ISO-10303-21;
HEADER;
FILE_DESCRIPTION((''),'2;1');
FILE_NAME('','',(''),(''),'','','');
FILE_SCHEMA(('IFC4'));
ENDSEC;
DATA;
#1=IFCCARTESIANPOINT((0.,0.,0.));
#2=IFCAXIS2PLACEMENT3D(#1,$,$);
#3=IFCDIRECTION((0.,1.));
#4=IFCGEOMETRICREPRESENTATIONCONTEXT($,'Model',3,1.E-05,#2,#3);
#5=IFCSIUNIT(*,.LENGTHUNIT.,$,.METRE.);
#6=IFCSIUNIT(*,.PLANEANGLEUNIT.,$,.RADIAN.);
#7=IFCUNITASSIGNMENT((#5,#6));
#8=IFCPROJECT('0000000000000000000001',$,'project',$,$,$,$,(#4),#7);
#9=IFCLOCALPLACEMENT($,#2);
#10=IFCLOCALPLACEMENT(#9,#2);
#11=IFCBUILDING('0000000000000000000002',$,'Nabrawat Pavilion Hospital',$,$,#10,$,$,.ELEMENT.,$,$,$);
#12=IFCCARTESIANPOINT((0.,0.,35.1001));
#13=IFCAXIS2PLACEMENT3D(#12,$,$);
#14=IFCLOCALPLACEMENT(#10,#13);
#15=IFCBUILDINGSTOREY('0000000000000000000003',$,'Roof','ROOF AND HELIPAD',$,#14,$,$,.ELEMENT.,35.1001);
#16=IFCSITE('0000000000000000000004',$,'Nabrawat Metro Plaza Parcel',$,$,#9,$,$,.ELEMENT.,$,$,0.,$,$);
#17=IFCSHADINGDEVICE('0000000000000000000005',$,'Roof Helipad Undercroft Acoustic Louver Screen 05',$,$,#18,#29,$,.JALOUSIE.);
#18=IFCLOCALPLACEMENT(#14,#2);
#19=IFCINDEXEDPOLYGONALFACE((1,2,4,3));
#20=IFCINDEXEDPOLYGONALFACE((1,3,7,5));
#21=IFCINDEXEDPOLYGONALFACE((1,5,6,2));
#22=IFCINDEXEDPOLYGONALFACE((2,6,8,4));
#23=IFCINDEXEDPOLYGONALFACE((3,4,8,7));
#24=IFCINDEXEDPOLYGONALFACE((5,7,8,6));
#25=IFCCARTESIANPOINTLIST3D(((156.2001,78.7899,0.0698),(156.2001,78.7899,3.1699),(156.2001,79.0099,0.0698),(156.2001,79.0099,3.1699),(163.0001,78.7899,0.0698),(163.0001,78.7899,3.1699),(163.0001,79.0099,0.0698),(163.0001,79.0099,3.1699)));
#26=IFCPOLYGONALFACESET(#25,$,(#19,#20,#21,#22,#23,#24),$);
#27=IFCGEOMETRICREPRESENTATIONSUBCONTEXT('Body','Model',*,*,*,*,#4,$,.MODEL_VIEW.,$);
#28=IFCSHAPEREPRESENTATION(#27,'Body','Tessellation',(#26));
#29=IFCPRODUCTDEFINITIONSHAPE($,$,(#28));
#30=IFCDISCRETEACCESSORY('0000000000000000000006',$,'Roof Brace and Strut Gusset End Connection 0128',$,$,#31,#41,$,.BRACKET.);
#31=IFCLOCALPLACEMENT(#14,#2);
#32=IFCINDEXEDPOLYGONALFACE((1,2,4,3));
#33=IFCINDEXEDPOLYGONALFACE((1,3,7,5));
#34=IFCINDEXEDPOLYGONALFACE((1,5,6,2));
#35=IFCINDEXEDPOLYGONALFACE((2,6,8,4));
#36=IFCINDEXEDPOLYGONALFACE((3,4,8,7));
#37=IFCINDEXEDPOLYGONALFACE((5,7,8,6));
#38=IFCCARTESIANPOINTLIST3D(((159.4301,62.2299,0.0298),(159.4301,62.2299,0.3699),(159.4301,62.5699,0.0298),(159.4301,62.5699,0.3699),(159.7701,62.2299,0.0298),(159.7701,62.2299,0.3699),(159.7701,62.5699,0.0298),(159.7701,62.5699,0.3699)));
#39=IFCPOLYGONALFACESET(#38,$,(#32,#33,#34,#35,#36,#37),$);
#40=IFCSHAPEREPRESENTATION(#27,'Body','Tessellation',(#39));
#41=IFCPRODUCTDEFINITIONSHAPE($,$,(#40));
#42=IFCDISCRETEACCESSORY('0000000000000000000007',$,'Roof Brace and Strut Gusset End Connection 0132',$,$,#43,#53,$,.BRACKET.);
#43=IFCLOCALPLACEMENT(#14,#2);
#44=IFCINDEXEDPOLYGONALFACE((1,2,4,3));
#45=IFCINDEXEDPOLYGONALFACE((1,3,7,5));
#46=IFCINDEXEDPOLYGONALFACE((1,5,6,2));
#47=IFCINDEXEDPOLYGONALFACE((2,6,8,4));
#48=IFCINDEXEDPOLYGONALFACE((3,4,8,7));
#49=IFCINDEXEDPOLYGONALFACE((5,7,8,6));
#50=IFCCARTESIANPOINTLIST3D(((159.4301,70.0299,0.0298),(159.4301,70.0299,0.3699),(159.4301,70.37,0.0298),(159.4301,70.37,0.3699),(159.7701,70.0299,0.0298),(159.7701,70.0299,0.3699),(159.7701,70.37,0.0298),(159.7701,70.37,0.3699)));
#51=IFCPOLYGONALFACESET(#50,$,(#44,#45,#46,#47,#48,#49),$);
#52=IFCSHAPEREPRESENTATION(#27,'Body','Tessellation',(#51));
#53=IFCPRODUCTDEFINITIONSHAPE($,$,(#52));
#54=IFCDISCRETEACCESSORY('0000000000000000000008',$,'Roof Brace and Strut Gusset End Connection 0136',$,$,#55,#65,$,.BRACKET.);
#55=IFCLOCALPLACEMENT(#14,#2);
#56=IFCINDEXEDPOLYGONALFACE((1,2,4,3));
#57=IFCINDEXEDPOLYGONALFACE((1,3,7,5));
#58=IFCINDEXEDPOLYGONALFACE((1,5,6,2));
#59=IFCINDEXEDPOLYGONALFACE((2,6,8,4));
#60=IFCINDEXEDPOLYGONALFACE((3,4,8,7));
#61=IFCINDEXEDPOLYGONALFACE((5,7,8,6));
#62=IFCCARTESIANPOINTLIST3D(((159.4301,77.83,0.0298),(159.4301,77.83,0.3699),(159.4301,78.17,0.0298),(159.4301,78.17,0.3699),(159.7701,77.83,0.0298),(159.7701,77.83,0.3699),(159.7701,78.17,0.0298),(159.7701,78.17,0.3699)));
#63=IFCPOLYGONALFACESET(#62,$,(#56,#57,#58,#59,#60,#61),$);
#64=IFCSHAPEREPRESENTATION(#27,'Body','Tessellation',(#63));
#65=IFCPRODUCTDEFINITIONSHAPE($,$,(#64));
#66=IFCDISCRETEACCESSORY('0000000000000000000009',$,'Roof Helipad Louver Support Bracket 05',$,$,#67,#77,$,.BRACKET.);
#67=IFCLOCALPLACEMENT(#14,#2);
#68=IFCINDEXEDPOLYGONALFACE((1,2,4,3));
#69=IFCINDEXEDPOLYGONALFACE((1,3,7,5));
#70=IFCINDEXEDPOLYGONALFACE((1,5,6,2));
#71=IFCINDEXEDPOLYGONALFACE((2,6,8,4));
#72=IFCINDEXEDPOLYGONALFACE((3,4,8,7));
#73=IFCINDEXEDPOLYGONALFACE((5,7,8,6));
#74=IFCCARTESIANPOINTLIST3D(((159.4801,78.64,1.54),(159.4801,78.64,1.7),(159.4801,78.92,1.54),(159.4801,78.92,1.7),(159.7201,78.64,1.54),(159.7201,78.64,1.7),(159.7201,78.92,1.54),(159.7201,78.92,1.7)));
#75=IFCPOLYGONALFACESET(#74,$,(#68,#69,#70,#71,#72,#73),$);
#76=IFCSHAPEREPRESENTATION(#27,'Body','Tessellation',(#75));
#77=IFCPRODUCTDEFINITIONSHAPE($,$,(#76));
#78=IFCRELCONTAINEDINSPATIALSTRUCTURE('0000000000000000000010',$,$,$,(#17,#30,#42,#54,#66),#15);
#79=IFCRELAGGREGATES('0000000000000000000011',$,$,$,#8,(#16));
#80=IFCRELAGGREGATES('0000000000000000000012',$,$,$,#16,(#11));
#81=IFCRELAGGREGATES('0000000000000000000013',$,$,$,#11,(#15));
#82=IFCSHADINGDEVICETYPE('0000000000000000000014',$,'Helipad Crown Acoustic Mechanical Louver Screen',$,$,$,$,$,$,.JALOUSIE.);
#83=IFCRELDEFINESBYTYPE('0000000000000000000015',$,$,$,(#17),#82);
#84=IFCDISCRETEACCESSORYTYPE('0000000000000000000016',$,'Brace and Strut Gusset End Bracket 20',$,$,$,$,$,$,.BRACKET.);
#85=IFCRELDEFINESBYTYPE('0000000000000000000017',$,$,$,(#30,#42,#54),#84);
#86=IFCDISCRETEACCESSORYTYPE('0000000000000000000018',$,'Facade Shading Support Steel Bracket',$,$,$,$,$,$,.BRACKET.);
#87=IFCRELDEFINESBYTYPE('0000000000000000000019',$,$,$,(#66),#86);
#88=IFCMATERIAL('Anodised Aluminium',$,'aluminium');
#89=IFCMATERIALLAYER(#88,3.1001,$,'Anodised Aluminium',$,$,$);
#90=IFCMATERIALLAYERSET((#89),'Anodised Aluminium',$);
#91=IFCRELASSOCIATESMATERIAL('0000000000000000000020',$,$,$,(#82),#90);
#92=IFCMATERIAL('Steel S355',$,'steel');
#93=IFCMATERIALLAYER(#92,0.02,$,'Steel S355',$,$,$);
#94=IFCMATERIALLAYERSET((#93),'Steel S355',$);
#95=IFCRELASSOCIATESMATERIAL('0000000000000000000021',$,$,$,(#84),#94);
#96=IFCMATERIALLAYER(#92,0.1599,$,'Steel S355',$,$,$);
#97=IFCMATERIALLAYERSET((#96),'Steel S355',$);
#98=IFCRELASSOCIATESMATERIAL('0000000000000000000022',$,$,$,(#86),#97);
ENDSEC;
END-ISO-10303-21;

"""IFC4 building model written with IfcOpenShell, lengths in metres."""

from ifc_helpers import new_model, si_unit, direction, frame, origin, origin_2d, place, context, subcontext, project, spatial, rectangle, extrude, material, layer, layer_set, type_object, element, save


model = new_model("IFC4")

# Units and contexts
model_context = context("Model", 3, precision=1e-05, world=origin(), true_north=direction((0.0, 1.0)))
body_context = subcontext(model_context, "Body", "Model", "MODEL_VIEW")
ifc_project = project(units=[si_unit("LENGTHUNIT", "METRE"), si_unit("PLANEANGLEUNIT", "RADIAN")], contexts=[model_context])

# Site, building, storey
site_placement = place(None, origin())
site = spatial("IfcSite", under=ifc_project, at=site_placement, Name="Nabrawat Metro Plaza Parcel", CompositionType="ELEMENT", RefElevation=0.0)
building_placement = place(site_placement, origin())
building = spatial("IfcBuilding", under=site, at=building_placement, Name="Nabrawat Pavilion Hospital", CompositionType="ELEMENT")
storey_placement = place(building_placement, frame((0.0, 0.0, 35.1001)))
storey = spatial("IfcBuildingStorey", under=building, at=storey_placement, Name="Roof", Description="ROOF AND HELIPAD", CompositionType="ELEMENT", Elevation=35.1001)

# Shared definitions
ifc_material_1 = material(Name="Steel S355", Category="steel")

# Shading device
ifc_material_2 = material(Name="Anodised Aluminium", Category="aluminium")
ifc_layer_1 = layer(ifc_material_2, 3.1001, Name="Anodised Aluminium")
ifc_layer_set_1 = layer_set([ifc_layer_1], Name="Anodised Aluminium")
shading_device_type = type_object("IfcShadingDeviceType", Name="Helipad Crown Acoustic Mechanical Louver Screen", PredefinedType="JALOUSIE", material=ifc_layer_set_1)
shading_device_placement = place(storey_placement, frame((159.6001, 78.8999, 0.0698), z_axis=(0.0, 0.0, 1.0), x_axis=(1.0, 0.0, 0.0)))
element("IfcShadingDevice", 1, at=shading_device_placement, inside=storey, type_object=shading_device_type, Name="Roof Helipad Undercroft Acoustic Louver Screen 05", PredefinedType="JALOUSIE", context=body_context, shape_type="SweptSolid", body=[
    extrude(rectangle(XDim=6.8, YDim=0.22, at=origin_2d()), origin(), (0.0, 0.0, 1.0), 3.1001),
])

# Discrete accessories
ifc_layer_2 = layer(ifc_material_1, 0.02, Name="Steel S355")
ifc_layer_set_2 = layer_set([ifc_layer_2], Name="Steel S355")
discrete_accessory_type_1 = type_object("IfcDiscreteAccessoryType", Name="Brace and Strut Gusset End Bracket 20", PredefinedType="BRACKET", material=ifc_layer_set_2)
for number, where, z_axis, x_axis, name in (
    (2, (159.6001, 62.3999, 0.0298), (0.0, 0.0, 1.0), (1.0, 0.0, 0.0), "Roof Brace and Strut Gusset End Connection 0128"),
    (3, (159.6001, 70.2, 0.0298), (0.0, 0.0, 1.0), (1.0, 0.0, 0.0), "Roof Brace and Strut Gusset End Connection 0132"),
    (4, (159.6001, 78.0, 0.0298), (0.0, 0.0, 1.0), (1.0, 0.0, 0.0), "Roof Brace and Strut Gusset End Connection 0136"),
):
    element("IfcDiscreteAccessory", number, at=place(storey_placement, frame(where, z_axis=z_axis, x_axis=x_axis)), inside=storey, type_object=discrete_accessory_type_1, Name=name, PredefinedType="BRACKET", context=body_context, shape_type="SweptSolid", body=[
        extrude(rectangle(XDim=0.3401, YDim=0.3401, at=origin_2d()), origin(), (0.0, 0.0, 1.0), 0.3401),
    ])
ifc_layer_3 = layer(ifc_material_1, 0.1599, Name="Steel S355")
ifc_layer_set_3 = layer_set([ifc_layer_3], Name="Steel S355")
discrete_accessory_type_2 = type_object("IfcDiscreteAccessoryType", Name="Facade Shading Support Steel Bracket", PredefinedType="BRACKET", material=ifc_layer_set_3)
discrete_accessory_placement = place(storey_placement, frame((159.6001, 78.78, 1.54), z_axis=(0.0, 0.0, 1.0), x_axis=(1.0, 0.0, 0.0)))
element("IfcDiscreteAccessory", 5, at=discrete_accessory_placement, inside=storey, type_object=discrete_accessory_type_2, Name="Roof Helipad Louver Support Bracket 05", PredefinedType="BRACKET", context=body_context, shape_type="SweptSolid", body=[
    extrude(rectangle(XDim=0.24, YDim=0.28, at=origin_2d()), origin(), (0.0, 0.0, 1.0), 0.1599),
])

save(model, "model.ifc")
